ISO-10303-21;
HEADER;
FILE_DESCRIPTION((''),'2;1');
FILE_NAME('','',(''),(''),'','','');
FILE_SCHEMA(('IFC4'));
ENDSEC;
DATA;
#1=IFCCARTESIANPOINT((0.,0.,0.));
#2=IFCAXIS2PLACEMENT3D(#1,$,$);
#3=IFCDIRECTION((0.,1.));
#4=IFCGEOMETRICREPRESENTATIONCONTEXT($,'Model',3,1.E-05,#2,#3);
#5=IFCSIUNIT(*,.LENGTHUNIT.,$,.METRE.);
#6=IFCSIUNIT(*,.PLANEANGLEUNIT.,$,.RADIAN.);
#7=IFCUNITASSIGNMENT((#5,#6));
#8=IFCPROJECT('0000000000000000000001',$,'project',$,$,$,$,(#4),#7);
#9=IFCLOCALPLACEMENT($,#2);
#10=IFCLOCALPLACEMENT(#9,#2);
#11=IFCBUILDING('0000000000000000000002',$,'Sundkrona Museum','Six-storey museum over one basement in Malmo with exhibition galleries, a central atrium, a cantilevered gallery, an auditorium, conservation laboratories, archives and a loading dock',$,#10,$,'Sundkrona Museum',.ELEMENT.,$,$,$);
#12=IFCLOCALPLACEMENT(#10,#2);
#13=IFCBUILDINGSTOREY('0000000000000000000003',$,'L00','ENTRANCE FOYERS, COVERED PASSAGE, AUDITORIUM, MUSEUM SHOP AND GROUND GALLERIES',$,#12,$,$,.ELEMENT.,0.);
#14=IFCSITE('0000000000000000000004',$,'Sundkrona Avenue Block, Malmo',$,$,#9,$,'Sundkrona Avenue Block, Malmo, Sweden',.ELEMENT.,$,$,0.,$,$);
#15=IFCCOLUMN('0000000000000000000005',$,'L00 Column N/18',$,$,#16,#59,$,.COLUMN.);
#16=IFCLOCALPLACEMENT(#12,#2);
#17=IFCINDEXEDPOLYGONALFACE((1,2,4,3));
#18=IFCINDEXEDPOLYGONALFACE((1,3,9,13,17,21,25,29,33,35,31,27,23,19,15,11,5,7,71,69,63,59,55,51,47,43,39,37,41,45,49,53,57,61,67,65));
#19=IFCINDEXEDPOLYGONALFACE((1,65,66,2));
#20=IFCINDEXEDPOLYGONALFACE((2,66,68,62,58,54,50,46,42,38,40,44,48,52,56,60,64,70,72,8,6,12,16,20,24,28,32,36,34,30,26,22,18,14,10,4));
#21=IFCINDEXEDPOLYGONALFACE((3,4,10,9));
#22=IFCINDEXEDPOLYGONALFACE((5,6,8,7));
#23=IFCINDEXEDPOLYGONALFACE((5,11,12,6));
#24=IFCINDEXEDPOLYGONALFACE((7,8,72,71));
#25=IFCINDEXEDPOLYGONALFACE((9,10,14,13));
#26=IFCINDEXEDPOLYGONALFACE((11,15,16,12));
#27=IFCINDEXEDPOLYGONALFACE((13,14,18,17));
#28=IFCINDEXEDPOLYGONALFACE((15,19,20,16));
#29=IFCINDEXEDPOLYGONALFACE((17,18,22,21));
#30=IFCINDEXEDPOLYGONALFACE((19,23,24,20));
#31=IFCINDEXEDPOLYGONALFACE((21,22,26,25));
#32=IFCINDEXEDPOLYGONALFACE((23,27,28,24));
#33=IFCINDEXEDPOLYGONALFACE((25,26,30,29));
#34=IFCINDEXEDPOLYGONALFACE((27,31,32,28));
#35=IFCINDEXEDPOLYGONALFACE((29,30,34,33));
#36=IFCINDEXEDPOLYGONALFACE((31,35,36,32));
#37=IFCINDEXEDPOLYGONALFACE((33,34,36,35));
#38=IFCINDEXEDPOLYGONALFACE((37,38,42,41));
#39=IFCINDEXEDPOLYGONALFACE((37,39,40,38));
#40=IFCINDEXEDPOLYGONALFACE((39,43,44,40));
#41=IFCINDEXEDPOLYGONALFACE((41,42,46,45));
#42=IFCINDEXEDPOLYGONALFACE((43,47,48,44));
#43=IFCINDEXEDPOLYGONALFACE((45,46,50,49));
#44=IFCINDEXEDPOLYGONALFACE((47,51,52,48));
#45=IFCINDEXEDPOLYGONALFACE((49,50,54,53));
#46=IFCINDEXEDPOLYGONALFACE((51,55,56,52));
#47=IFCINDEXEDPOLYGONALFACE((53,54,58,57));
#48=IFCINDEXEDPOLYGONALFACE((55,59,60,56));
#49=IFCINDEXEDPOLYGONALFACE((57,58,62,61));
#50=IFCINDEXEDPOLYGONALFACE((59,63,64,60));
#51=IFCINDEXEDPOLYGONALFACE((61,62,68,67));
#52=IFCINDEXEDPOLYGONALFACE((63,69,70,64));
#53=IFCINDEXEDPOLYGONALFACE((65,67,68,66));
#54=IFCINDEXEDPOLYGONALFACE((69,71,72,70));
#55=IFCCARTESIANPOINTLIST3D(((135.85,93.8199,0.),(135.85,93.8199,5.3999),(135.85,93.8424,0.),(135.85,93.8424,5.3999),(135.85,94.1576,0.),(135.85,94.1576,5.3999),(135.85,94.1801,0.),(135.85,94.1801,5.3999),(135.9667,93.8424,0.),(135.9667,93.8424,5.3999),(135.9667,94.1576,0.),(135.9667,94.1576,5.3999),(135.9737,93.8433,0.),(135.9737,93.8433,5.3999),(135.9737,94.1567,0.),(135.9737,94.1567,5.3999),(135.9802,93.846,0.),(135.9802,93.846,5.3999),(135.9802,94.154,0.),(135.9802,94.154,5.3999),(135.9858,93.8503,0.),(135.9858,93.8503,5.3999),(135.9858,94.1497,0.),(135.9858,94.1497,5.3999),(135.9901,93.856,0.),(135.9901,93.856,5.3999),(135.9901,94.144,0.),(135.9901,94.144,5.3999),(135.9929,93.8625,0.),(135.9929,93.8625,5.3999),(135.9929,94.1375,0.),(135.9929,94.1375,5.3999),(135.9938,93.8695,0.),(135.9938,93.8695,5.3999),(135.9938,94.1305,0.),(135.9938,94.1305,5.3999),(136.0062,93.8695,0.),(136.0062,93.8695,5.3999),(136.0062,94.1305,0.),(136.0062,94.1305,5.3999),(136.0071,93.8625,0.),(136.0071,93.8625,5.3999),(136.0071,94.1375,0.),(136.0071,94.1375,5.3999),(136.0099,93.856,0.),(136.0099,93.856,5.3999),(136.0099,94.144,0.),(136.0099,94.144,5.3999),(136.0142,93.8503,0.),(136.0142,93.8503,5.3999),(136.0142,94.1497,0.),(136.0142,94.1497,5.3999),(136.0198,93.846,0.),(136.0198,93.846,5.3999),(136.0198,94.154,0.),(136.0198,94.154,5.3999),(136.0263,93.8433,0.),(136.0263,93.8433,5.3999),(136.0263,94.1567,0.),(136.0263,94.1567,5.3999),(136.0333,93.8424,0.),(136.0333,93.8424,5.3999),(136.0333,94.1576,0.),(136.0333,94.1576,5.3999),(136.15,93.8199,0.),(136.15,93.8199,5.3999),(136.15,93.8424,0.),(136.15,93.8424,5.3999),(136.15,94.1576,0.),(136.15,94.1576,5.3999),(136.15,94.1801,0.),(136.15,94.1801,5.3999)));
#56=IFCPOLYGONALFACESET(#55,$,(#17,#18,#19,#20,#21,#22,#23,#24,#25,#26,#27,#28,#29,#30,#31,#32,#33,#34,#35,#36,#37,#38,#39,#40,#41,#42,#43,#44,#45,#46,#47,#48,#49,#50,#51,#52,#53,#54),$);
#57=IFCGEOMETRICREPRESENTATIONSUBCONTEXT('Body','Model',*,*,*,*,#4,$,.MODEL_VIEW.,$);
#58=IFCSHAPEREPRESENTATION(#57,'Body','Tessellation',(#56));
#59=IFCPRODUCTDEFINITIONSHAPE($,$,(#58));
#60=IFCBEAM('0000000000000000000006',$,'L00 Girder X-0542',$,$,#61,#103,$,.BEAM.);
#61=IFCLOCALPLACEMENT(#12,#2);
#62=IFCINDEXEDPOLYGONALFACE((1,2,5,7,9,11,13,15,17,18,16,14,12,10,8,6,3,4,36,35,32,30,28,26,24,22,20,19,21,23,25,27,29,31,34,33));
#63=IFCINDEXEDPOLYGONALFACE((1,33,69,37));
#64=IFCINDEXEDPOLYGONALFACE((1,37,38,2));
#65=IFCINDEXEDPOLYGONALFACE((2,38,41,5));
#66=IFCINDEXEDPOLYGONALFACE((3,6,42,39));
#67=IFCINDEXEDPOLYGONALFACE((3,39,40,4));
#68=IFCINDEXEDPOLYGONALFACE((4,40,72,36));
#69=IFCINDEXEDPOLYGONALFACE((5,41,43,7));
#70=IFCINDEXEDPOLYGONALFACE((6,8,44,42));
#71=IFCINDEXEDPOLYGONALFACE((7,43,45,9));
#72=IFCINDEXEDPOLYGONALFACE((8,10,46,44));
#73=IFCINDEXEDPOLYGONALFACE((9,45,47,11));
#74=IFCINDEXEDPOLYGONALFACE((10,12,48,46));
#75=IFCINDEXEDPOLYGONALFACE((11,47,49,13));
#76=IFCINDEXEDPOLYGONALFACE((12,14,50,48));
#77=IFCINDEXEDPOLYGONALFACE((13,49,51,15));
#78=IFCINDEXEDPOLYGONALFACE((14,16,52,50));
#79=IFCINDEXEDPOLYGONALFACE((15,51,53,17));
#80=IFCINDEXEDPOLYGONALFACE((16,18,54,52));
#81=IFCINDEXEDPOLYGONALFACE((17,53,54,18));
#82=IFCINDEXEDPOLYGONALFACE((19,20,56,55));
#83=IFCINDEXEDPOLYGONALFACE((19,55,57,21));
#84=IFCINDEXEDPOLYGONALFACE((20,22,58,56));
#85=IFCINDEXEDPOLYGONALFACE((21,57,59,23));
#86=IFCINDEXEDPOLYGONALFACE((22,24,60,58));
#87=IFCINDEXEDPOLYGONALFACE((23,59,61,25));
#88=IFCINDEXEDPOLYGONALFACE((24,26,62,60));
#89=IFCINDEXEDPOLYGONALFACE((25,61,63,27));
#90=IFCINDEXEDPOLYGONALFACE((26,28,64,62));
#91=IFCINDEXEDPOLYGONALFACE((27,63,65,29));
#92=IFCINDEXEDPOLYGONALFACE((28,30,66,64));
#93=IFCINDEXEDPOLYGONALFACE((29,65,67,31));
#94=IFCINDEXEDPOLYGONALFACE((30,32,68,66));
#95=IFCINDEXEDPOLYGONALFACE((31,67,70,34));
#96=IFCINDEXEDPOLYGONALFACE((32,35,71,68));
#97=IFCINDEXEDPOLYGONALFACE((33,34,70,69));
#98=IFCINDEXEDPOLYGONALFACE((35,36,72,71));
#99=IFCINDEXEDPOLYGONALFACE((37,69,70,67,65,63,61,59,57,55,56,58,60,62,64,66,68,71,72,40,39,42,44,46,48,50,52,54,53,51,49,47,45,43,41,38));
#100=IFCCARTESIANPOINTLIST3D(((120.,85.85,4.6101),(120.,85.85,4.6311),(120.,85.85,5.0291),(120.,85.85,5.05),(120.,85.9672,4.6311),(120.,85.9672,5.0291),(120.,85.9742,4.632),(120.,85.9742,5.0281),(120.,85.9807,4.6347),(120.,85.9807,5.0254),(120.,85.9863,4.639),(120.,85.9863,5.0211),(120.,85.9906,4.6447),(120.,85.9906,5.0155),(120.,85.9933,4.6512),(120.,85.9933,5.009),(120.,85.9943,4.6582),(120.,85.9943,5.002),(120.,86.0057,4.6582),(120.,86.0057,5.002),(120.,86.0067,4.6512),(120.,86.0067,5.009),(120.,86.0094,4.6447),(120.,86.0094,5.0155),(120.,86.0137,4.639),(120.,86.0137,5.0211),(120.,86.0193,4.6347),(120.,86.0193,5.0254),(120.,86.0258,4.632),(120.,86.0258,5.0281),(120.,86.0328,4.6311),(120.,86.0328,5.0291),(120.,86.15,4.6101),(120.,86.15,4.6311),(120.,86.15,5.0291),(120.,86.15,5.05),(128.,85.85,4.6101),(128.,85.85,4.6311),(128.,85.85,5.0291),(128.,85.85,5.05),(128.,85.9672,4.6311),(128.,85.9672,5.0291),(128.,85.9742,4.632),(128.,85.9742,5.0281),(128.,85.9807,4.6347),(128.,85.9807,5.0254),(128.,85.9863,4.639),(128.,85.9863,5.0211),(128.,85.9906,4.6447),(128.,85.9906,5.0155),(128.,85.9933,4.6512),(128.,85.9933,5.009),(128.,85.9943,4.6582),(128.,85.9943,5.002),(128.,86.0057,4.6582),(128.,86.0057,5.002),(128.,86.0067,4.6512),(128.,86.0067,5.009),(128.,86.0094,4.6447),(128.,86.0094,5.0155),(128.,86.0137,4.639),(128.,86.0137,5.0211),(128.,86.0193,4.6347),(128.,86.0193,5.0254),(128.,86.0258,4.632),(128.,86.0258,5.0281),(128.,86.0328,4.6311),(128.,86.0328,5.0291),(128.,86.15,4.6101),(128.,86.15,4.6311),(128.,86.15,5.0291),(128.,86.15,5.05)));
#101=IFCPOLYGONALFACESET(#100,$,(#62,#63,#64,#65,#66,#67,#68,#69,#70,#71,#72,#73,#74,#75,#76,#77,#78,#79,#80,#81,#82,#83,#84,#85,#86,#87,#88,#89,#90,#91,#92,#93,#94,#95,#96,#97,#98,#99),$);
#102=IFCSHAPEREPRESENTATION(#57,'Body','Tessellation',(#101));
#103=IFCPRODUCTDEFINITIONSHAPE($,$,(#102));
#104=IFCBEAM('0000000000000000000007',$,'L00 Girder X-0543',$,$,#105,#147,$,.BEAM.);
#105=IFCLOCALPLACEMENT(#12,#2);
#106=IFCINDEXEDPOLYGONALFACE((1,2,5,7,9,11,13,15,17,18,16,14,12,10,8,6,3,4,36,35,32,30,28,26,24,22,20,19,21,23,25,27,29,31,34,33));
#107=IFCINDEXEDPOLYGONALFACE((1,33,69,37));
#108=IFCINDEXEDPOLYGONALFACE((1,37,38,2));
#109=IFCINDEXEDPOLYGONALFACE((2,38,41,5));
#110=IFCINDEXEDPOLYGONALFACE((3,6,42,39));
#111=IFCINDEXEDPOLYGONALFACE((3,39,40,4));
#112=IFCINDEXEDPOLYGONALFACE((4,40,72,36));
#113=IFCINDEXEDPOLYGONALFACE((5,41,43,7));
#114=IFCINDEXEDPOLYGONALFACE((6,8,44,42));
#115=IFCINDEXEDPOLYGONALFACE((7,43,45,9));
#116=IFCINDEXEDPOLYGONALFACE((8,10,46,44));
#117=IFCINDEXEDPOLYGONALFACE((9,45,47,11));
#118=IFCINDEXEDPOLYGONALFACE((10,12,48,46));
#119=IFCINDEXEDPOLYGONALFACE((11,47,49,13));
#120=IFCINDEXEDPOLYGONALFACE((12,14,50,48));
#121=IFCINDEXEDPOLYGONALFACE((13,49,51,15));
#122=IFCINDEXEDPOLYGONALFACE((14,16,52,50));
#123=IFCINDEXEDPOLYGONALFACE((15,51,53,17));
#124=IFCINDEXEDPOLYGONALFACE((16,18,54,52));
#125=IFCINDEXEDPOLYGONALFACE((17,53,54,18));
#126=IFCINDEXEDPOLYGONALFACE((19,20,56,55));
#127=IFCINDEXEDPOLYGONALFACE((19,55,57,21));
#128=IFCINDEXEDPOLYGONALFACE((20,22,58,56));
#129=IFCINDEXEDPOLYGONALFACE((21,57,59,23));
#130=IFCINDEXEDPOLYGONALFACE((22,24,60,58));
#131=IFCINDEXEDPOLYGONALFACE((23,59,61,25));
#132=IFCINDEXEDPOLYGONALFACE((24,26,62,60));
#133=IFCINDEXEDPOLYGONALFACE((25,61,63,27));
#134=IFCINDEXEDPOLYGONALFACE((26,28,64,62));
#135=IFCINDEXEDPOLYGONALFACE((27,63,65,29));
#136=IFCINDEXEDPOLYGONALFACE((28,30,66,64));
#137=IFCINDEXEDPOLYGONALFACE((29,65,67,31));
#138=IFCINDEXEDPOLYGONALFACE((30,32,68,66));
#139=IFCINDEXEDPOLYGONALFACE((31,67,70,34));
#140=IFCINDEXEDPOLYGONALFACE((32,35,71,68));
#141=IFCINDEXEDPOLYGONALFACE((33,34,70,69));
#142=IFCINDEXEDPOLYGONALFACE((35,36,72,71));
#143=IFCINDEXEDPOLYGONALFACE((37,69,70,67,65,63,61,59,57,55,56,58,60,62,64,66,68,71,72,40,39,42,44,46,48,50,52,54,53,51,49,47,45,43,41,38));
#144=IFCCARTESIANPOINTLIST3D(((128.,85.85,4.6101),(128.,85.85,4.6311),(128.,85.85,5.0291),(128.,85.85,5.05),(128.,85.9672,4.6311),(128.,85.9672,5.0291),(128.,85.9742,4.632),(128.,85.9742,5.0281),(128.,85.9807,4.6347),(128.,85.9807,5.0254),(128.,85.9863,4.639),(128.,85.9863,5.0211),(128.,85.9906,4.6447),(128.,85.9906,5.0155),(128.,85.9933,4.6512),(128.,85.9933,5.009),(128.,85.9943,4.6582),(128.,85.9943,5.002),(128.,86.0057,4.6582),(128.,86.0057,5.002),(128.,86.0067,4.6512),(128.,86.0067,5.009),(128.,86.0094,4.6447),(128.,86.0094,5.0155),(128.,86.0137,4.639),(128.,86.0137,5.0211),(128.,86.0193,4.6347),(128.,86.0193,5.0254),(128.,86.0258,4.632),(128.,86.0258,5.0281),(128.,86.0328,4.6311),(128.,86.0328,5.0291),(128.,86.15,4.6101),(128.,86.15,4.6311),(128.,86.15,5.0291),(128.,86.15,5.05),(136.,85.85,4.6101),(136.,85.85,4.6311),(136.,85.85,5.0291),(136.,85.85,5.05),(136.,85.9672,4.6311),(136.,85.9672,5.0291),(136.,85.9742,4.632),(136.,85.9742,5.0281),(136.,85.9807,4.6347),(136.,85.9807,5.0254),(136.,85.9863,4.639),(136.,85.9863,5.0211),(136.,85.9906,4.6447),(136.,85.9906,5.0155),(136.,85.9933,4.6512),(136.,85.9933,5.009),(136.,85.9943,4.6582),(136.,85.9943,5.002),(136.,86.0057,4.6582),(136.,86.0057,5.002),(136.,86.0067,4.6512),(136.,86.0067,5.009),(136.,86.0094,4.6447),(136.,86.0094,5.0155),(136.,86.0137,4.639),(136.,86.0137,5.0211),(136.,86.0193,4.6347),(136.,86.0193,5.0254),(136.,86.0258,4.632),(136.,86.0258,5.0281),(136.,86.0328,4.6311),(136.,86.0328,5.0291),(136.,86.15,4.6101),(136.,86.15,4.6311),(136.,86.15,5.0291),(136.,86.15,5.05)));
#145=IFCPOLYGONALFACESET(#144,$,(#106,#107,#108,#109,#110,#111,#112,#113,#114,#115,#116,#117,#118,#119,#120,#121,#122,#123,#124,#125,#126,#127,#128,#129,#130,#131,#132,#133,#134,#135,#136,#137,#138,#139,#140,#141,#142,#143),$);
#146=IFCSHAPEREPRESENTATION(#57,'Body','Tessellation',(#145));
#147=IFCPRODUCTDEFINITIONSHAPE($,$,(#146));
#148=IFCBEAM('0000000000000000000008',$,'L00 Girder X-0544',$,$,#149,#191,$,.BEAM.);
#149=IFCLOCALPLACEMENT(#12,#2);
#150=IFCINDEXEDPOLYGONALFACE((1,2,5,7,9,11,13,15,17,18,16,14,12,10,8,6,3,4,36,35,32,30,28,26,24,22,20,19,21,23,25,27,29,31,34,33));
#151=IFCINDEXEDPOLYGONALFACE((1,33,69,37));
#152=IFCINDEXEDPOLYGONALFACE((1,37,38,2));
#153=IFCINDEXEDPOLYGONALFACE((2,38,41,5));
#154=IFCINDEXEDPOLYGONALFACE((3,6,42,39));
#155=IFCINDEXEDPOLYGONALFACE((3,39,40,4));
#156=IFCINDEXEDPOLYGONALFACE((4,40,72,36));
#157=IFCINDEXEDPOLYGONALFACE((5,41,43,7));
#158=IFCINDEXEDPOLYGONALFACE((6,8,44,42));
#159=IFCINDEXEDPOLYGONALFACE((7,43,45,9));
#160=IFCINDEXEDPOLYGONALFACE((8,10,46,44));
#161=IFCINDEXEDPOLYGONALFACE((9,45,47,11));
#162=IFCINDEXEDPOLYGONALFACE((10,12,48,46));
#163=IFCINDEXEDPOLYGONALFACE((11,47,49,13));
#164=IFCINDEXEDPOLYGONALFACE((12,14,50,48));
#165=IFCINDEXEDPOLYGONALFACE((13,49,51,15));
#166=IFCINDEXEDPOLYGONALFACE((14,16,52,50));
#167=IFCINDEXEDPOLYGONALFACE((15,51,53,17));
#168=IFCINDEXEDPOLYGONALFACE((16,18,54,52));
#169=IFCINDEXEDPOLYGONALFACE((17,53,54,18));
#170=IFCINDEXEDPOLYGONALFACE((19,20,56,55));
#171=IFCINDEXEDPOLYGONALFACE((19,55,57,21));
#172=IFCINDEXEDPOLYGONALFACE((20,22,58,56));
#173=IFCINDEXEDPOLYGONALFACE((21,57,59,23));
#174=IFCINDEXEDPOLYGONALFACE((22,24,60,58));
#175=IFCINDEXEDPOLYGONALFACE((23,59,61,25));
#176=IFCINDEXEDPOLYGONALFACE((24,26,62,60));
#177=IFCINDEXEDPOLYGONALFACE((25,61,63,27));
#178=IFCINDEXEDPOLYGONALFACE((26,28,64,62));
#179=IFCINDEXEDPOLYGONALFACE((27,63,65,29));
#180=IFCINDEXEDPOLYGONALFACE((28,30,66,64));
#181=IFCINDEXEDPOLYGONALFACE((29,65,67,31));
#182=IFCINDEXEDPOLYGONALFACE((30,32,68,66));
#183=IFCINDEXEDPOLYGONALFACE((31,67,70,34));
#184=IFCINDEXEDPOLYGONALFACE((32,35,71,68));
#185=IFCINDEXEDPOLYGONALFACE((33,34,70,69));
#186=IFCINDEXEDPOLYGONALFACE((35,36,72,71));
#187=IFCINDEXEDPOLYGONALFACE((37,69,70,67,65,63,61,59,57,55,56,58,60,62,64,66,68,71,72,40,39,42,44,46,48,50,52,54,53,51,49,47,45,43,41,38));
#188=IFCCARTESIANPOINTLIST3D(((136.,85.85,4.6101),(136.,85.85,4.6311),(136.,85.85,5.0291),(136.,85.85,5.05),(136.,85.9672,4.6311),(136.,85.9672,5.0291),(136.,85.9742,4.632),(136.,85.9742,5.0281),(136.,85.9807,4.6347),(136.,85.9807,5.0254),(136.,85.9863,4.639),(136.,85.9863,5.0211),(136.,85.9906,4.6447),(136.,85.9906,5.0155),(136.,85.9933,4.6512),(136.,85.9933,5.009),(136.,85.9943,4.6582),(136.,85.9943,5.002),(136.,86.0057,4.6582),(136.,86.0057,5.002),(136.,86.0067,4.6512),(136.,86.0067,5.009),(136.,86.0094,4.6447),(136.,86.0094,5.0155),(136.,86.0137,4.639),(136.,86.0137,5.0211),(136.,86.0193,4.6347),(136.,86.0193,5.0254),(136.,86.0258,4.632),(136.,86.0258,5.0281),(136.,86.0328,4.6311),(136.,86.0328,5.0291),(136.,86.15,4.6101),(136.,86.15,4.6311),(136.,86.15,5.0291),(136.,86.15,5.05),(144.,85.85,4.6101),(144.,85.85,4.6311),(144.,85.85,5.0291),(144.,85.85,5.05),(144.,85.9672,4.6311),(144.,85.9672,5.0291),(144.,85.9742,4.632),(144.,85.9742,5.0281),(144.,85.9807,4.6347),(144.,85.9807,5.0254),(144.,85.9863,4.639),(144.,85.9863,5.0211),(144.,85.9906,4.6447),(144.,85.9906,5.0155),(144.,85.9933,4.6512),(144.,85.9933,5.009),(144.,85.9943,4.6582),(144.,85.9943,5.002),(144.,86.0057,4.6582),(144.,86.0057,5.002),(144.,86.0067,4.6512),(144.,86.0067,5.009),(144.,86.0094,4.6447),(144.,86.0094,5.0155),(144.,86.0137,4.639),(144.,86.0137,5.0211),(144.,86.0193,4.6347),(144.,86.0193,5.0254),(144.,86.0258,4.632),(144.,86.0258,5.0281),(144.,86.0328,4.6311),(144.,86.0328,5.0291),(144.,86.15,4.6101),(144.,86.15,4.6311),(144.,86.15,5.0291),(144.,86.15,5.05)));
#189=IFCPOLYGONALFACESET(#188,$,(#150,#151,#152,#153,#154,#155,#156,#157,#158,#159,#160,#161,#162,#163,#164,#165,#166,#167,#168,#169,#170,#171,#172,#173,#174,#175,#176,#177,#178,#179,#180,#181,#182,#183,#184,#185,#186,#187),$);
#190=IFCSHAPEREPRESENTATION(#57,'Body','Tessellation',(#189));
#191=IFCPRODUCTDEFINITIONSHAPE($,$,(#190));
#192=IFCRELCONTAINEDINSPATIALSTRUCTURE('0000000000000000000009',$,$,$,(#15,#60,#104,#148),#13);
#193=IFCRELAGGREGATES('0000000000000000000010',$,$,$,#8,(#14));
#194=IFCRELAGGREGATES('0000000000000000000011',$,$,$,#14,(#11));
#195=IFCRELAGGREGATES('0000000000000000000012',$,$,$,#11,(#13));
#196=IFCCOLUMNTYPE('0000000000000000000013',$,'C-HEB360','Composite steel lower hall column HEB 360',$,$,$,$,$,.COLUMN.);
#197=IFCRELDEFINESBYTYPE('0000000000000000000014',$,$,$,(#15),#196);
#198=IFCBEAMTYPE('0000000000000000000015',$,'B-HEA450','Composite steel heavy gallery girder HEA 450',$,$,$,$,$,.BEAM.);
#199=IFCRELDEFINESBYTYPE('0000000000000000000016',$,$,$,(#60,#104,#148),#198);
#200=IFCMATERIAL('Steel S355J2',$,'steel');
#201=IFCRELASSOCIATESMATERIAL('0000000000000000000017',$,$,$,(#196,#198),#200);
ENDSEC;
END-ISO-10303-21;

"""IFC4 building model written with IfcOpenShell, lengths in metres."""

from ifc_helpers import new_model, si_unit, direction, frame, origin, origin_2d, place, context, subcontext, project, spatial, i_section, extrude, material, material_profile, profile_set, type_object, element, save


model = new_model("IFC4")

# Units and contexts
model_context = context("Model", 3, precision=1e-05, world=origin(), true_north=direction((0.0, 1.0)))
body_context = subcontext(model_context, "Body", "Model", "MODEL_VIEW")
ifc_project = project(units=[si_unit("LENGTHUNIT", "METRE"), si_unit("PLANEANGLEUNIT", "RADIAN")], contexts=[model_context])

# Site, building, storey
site_placement = place(None, origin())
site = spatial("IfcSite", under=ifc_project, at=site_placement, Name="Sundkrona Avenue Block, Malmo", LongName="Sundkrona Avenue Block, Malmo, Sweden", CompositionType="ELEMENT", RefElevation=0.0)
building_placement = place(site_placement, origin())
building = spatial("IfcBuilding", under=site, at=building_placement, Name="Sundkrona Museum", Description="Six-storey museum over one basement in Malmo with exhibition galleries, a central atrium, a cantilevered gallery, an auditorium, conservation laboratories, archives and a loading dock", LongName="Sundkrona Museum", CompositionType="ELEMENT")
storey_placement = place(building_placement, origin())
storey = spatial("IfcBuildingStorey", under=building, at=storey_placement, Name="L00", Description="ENTRANCE FOYERS, COVERED PASSAGE, AUDITORIUM, MUSEUM SHOP AND GROUND GALLERIES", CompositionType="ELEMENT", Elevation=0.0)

# Column
ifc_material_1 = material(Name="Steel S355J2", Category="steel")
ifc_material_profile_1 = material_profile(ifc_material_1, i_section(OverallWidth=0.3, OverallDepth=0.3601, WebThickness=0.0125, FlangeThickness=0.0225, FilletRadius=0.0271, at=origin_2d()), Name="HEB 360")
ifc_profile_set_1 = profile_set([ifc_material_profile_1], Name="Steel S355J2")
column_type = type_object("IfcColumnType", Name="C-HEB360", Description="Composite steel lower hall column HEB 360", PredefinedType="COLUMN", material=ifc_profile_set_1)
for number, where, z_axis, x_axis, name in (
    (1, (136.0, 94.0, 0.0), (0.0, 0.0, 1.0), (1.0, 0.0, 0.0), "L00 Column N/18"),
):
    element("IfcColumn", number, at=place(storey_placement, frame(where, z_axis=z_axis, x_axis=x_axis)), inside=storey, type_object=column_type, Name=name, PredefinedType="COLUMN", context=body_context, shape_type="SweptSolid", body=[
        extrude(i_section(OverallWidth=0.3, OverallDepth=0.3601, WebThickness=0.0125, FlangeThickness=0.0225, FilletRadius=0.0271, at=origin_2d()), origin(), (0.0, 0.0, 1.0), 5.3999),
    ])

# Beams
ifc_material_profile_2 = material_profile(ifc_material_1, i_section(OverallWidth=0.3, OverallDepth=0.4399, WebThickness=0.0115, FlangeThickness=0.021, FilletRadius=0.0271, at=origin_2d()), Name="HEA 450")
ifc_profile_set_2 = profile_set([ifc_material_profile_2], Name="Steel S355J2")
beam_type_1 = type_object("IfcBeamType", Name="B-HEA450", Description="Composite steel heavy gallery girder HEA 450", PredefinedType="BEAM", material=ifc_profile_set_2)
for number, where, z_axis, x_axis, name in (
    (2, (120.0, 86.0, 4.8301), (1.0, 0.0, 0.0), (0.0, 1.0, 0.0), "L00 Girder X-0542"),
    (3, (128.0, 86.0, 4.8301), (1.0, 0.0, 0.0), (0.0, 1.0, 0.0), "L00 Girder X-0543"),
    (4, (136.0, 86.0, 4.8301), (1.0, 0.0, 0.0), (0.0, 1.0, 0.0), "L00 Girder X-0544"),
):
    element("IfcBeam", number, at=place(storey_placement, frame(where, z_axis=z_axis, x_axis=x_axis)), inside=storey, type_object=beam_type_1, Name=name, PredefinedType="BEAM", context=body_context, shape_type="SweptSolid", body=[
        extrude(i_section(OverallWidth=0.3, OverallDepth=0.4399, WebThickness=0.0115, FlangeThickness=0.021, FilletRadius=0.0271, at=origin_2d()), origin(), (0.0, 0.0, 1.0), 8.0),
    ])

save(model, "model.ifc")
